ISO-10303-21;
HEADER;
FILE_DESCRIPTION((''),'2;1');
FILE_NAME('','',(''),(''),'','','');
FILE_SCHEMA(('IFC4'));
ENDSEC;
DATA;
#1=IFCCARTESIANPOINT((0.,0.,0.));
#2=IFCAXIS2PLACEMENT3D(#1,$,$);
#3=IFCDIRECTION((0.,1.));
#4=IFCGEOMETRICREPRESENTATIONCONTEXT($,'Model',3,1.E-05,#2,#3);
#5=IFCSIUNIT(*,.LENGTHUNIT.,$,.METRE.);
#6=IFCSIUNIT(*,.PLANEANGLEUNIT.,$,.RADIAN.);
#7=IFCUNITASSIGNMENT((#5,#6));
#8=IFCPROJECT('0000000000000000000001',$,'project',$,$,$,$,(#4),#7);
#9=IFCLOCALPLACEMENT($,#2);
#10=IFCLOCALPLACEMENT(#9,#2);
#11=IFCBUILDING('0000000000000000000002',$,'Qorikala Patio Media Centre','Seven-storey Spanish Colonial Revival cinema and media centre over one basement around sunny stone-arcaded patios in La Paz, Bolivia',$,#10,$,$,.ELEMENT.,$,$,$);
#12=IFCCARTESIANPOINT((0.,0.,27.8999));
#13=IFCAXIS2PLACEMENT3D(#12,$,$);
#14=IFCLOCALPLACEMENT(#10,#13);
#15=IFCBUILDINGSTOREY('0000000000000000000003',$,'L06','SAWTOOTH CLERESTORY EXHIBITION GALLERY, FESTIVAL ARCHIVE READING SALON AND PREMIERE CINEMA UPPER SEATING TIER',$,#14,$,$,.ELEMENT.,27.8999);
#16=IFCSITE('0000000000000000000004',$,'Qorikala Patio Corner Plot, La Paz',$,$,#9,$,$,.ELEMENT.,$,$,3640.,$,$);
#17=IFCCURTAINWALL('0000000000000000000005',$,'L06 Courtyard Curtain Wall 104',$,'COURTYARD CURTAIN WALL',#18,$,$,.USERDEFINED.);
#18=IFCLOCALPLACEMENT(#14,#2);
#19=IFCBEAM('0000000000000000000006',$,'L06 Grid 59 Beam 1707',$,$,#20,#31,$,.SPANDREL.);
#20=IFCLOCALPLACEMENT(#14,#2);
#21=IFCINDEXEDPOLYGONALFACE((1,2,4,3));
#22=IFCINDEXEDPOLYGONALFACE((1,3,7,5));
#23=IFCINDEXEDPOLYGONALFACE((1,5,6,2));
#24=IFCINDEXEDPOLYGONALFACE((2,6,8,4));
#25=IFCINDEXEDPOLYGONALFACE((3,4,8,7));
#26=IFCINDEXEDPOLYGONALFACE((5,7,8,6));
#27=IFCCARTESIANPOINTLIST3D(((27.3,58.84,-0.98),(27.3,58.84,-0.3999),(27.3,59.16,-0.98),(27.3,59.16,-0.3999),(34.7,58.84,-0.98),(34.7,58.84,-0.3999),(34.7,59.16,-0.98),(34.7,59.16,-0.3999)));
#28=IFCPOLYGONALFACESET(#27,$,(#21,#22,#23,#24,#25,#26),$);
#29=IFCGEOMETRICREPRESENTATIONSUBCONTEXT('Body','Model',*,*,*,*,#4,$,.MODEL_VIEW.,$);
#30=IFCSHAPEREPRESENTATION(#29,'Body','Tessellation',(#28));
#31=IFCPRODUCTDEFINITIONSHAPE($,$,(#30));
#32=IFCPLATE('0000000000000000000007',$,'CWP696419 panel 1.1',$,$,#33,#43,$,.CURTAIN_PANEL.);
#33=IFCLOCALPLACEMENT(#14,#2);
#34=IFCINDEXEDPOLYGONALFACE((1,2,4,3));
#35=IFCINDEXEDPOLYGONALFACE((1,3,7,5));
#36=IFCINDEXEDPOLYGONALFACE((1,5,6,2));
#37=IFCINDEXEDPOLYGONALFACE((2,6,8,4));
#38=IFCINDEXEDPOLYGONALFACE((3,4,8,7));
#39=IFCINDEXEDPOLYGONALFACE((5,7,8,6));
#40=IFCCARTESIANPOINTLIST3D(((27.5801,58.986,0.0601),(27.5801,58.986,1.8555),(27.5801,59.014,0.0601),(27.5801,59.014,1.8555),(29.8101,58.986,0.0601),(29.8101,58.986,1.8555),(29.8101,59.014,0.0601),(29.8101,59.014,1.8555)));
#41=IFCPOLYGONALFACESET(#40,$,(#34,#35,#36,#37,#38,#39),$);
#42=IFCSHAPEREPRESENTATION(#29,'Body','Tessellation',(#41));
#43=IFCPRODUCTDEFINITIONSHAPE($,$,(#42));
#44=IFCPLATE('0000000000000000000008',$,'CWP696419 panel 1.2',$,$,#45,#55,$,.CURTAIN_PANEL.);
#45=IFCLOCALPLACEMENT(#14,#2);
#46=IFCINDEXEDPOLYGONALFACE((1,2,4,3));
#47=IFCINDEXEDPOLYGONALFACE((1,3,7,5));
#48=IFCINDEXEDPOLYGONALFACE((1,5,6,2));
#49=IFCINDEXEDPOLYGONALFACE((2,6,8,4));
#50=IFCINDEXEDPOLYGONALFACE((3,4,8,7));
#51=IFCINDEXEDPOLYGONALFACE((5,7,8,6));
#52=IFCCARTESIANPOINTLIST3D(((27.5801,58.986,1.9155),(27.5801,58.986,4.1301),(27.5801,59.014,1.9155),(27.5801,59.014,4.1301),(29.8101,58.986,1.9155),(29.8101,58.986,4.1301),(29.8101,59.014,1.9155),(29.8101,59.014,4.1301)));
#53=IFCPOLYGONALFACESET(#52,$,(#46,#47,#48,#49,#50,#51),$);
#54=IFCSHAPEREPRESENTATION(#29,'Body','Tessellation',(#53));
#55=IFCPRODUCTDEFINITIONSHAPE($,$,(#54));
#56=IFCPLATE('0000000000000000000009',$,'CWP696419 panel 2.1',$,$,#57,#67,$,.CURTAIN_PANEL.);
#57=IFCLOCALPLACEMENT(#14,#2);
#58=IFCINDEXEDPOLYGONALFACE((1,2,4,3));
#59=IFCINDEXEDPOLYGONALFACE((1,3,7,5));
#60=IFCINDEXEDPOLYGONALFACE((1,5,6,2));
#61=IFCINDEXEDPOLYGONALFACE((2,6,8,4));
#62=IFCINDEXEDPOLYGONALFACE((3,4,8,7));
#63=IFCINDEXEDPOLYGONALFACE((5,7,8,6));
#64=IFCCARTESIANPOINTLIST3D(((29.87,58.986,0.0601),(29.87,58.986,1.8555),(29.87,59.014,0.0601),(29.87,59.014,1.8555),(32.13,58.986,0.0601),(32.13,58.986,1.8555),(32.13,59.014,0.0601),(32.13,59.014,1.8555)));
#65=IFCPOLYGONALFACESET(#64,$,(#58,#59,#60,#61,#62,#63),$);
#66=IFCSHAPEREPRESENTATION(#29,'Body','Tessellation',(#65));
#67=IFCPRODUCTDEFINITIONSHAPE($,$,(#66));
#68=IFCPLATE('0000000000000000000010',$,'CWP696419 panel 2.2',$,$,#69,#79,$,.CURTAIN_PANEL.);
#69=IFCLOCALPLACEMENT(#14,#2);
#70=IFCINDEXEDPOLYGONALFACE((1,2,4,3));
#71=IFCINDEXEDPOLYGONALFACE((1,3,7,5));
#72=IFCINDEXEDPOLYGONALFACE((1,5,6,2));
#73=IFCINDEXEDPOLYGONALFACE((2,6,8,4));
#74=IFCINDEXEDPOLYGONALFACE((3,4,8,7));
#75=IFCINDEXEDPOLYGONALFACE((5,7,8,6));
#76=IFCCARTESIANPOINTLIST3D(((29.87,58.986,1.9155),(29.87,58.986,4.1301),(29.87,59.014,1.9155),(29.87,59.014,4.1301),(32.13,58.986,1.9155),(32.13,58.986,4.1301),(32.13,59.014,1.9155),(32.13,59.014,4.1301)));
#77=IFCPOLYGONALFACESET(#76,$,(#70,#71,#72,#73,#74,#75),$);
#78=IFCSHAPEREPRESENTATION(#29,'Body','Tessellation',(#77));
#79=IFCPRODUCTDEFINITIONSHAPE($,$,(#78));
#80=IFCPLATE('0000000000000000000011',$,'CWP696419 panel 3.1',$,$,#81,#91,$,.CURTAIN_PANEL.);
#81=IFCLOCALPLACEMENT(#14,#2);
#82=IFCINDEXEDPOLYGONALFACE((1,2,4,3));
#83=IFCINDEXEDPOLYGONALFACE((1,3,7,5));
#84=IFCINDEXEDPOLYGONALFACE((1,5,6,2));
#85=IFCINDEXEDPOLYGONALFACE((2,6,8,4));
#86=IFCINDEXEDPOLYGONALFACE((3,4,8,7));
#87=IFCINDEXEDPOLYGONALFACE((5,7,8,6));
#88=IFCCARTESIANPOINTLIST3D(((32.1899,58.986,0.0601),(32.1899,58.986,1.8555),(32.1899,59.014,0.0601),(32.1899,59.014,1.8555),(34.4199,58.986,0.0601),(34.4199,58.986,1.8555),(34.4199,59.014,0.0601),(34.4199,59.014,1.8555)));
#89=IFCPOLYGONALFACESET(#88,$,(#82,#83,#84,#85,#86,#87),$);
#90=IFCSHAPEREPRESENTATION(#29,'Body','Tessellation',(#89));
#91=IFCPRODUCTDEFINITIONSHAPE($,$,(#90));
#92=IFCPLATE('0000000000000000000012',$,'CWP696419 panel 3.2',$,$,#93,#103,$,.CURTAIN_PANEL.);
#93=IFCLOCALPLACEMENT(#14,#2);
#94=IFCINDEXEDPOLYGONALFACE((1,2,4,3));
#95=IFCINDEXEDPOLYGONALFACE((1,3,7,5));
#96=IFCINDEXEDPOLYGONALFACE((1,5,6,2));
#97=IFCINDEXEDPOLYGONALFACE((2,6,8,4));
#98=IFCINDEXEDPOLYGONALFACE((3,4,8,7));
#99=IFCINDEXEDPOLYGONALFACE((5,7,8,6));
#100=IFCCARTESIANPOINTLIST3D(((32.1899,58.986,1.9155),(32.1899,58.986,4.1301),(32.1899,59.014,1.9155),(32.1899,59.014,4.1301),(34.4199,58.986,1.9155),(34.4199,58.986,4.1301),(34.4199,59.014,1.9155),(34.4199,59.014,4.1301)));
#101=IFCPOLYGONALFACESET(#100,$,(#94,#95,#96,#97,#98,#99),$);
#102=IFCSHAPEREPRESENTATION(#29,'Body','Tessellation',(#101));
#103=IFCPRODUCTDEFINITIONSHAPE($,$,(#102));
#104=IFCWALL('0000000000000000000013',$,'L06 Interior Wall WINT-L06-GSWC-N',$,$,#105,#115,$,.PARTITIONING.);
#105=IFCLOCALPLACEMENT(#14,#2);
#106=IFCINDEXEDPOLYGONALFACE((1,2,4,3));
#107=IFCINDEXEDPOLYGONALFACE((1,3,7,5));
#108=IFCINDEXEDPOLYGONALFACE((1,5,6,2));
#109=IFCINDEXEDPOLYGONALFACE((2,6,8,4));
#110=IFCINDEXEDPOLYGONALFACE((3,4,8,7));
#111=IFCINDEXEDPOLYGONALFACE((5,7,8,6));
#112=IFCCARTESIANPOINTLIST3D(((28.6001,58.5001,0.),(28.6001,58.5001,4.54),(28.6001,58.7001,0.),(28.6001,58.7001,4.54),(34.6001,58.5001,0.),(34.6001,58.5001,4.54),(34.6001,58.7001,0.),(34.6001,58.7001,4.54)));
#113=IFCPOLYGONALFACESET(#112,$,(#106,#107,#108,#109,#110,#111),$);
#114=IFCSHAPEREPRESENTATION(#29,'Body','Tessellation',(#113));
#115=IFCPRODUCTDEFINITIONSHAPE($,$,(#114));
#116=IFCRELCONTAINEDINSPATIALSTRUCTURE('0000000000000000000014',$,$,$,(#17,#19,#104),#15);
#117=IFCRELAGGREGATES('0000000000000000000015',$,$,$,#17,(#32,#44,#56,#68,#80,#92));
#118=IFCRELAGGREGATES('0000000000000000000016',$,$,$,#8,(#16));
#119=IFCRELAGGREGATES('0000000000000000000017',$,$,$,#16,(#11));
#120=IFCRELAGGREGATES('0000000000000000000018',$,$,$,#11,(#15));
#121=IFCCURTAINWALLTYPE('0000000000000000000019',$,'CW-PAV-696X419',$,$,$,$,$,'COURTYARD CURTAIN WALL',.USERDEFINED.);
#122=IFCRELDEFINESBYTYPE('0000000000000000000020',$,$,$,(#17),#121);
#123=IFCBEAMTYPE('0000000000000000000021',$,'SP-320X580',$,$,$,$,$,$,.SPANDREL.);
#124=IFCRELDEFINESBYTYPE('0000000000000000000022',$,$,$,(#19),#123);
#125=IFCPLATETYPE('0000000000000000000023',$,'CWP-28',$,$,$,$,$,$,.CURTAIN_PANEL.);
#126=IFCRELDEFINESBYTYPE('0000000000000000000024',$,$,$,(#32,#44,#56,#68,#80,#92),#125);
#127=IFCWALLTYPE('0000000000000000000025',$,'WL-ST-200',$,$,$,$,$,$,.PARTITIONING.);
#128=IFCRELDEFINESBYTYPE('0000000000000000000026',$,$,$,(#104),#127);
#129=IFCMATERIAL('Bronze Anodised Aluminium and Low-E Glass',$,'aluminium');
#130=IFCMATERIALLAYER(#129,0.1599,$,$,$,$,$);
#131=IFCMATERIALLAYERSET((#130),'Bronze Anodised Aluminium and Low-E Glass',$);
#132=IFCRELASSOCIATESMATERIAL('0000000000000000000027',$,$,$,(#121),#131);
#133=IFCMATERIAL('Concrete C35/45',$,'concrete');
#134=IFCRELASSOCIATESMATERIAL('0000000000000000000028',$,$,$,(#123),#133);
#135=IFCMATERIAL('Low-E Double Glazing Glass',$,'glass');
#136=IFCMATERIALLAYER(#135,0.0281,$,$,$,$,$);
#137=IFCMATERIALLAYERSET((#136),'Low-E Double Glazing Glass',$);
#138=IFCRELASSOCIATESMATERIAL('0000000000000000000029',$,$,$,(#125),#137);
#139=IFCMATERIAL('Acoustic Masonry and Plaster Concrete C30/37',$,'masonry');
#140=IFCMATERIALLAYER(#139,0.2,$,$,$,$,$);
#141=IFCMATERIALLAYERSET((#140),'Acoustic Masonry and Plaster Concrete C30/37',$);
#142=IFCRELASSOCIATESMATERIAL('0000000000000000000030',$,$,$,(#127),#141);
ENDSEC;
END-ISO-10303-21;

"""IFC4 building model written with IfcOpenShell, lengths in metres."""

from ifc_helpers import new_model, si_unit, direction, frame, frame_2d, origin, origin_2d, place, context, subcontext, project, spatial, rectangle, extrude, material, layer, layer_set, material_profile, profile_set, type_object, element, aggregate, save


model = new_model("IFC4")

# Units and contexts
model_context = context("Model", 3, precision=1e-05, world=origin(), true_north=direction((0.0, 1.0)))
body_context = subcontext(model_context, "Body", "Model", "MODEL_VIEW")
ifc_project = project(units=[si_unit("LENGTHUNIT", "METRE"), si_unit("PLANEANGLEUNIT", "RADIAN")], contexts=[model_context])

# Site, building, storey
site_placement = place(None, origin())
site = spatial("IfcSite", under=ifc_project, at=site_placement, Name="Qorikala Patio Corner Plot, La Paz", CompositionType="ELEMENT", RefElevation=3640.0)
building_placement = place(site_placement, origin())
building = spatial("IfcBuilding", under=site, at=building_placement, Name="Qorikala Patio Media Centre", Description="Seven-storey Spanish Colonial Revival cinema and media centre over one basement around sunny stone-arcaded patios in La Paz, Bolivia", CompositionType="ELEMENT")
storey_placement = place(building_placement, frame((0.0, 0.0, 27.8999)))
storey = spatial("IfcBuildingStorey", under=building, at=storey_placement, Name="L06", Description="SAWTOOTH CLERESTORY EXHIBITION GALLERY, FESTIVAL ARCHIVE READING SALON AND PREMIERE CINEMA UPPER SEATING TIER", CompositionType="ELEMENT", Elevation=27.8999)

# Shared definitions
ifc_material_1 = material(Name="Concrete C35/45", Category="concrete")

# Shared definitions
ifc_material_2 = material(Name="Bronze Anodised Aluminium and Low-E Glass", Category="aluminium")
ifc_layer_1 = layer(ifc_material_2, 0.1599)
ifc_layer_set_1 = layer_set([ifc_layer_1], Name="Bronze Anodised Aluminium and Low-E Glass")
curtain_wall_type = type_object("IfcCurtainWallType", Name="CW-PAV-696X419", ElementType="COURTYARD CURTAIN WALL", PredefinedType="USERDEFINED", material=ifc_layer_set_1)

# Curtain wall
curtain_wall_1_placement = place(storey_placement, origin())
curtain_wall_1 = element("IfcCurtainWall", 1, at=curtain_wall_1_placement, inside=storey, type_object=curtain_wall_type, Name="L06 Courtyard Curtain Wall 104", ObjectType="COURTYARD CURTAIN WALL", PredefinedType="USERDEFINED")

# Beam
ifc_material_profile_1 = material_profile(ifc_material_1, rectangle(XDim=0.3201, YDim=0.5801, at=origin_2d()), Name="RC 320x580")
ifc_profile_set_1 = profile_set([ifc_material_profile_1], Name="Concrete C35/45")
beam_type = type_object("IfcBeamType", Name="SP-320X580", PredefinedType="SPANDREL", material=ifc_profile_set_1)
beam_placement = place(storey_placement, frame((27.3, 59.0, -0.6899), z_axis=(1.0, 0.0, 0.0), x_axis=(0.0, 1.0, 0.0)))
element("IfcBeam", 2, at=beam_placement, inside=storey, type_object=beam_type, Name="L06 Grid 59 Beam 1707", PredefinedType="SPANDREL", context=body_context, shape_type="SweptSolid", body=[
    extrude(rectangle(XDim=0.3201, YDim=0.5801, at=origin_2d()), origin(), (0.0, 0.0, 1.0), 7.3999),
])

# Plates
ifc_material_3 = material(Name="Low-E Double Glazing Glass", Category="glass")
ifc_layer_2 = layer(ifc_material_3, 0.0281)
ifc_layer_set_2 = layer_set([ifc_layer_2], Name="Low-E Double Glazing Glass")
plate_type = type_object("IfcPlateType", Name="CWP-28", PredefinedType="CURTAIN_PANEL", material=ifc_layer_set_2)
plate_1_placement = place(storey_placement, frame((28.6951, 59.0, 0.0601), z_axis=(0.0, 0.0, 1.0), x_axis=(1.0, 0.0, 0.0)))
plate_1 = element("IfcPlate", 3, at=plate_1_placement, type_object=plate_type, Name="CWP696419 panel 1.1", PredefinedType="CURTAIN_PANEL", context=body_context, shape_type="SweptSolid", body=[
    extrude(rectangle(XDim=2.23, YDim=0.0281, at=origin_2d()), origin(), (0.0, 0.0, 1.0), 1.7954),
])
plate_2_placement = place(storey_placement, frame((28.6951, 59.0, 1.9155), z_axis=(0.0, 0.0, 1.0), x_axis=(1.0, 0.0, 0.0)))
plate_2 = element("IfcPlate", 4, at=plate_2_placement, type_object=plate_type, Name="CWP696419 panel 1.2", PredefinedType="CURTAIN_PANEL", context=body_context, shape_type="SweptSolid", body=[
    extrude(rectangle(XDim=2.23, YDim=0.0281, at=origin_2d()), origin(), (0.0, 0.0, 1.0), 2.2146),
])
plate_3_placement = place(storey_placement, frame((31.0, 59.0, 0.0601), z_axis=(0.0, 0.0, 1.0), x_axis=(1.0, 0.0, 0.0)))
plate_3 = element("IfcPlate", 5, at=plate_3_placement, type_object=plate_type, Name="CWP696419 panel 2.1", PredefinedType="CURTAIN_PANEL", context=body_context, shape_type="SweptSolid", body=[
    extrude(rectangle(XDim=2.26, YDim=0.0281, at=origin_2d()), origin(), (0.0, 0.0, 1.0), 1.7954),
])
plate_4_placement = place(storey_placement, frame((31.0, 59.0, 1.9155), z_axis=(0.0, 0.0, 1.0), x_axis=(1.0, 0.0, 0.0)))
plate_4 = element("IfcPlate", 6, at=plate_4_placement, type_object=plate_type, Name="CWP696419 panel 2.2", PredefinedType="CURTAIN_PANEL", context=body_context, shape_type="SweptSolid", body=[
    extrude(rectangle(XDim=2.26, YDim=0.0281, at=origin_2d()), origin(), (0.0, 0.0, 1.0), 2.2146),
])
plate_5_placement = place(storey_placement, frame((33.3049, 59.0, 0.0601), z_axis=(0.0, 0.0, 1.0), x_axis=(1.0, 0.0, 0.0)))
plate_5 = element("IfcPlate", 7, at=plate_5_placement, type_object=plate_type, Name="CWP696419 panel 3.1", PredefinedType="CURTAIN_PANEL", context=body_context, shape_type="SweptSolid", body=[
    extrude(rectangle(XDim=2.23, YDim=0.0281, at=origin_2d()), origin(), (0.0, 0.0, 1.0), 1.7954),
])
plate_6_placement = place(storey_placement, frame((33.3049, 59.0, 1.9155), z_axis=(0.0, 0.0, 1.0), x_axis=(1.0, 0.0, 0.0)))
plate_6 = element("IfcPlate", 8, at=plate_6_placement, type_object=plate_type, Name="CWP696419 panel 3.2", PredefinedType="CURTAIN_PANEL", context=body_context, shape_type="SweptSolid", body=[
    extrude(rectangle(XDim=2.23, YDim=0.0281, at=origin_2d()), origin(), (0.0, 0.0, 1.0), 2.2146),
])
aggregate(curtain_wall_1, [plate_1, plate_2, plate_3, plate_4, plate_5, plate_6])

# Wall
ifc_material_4 = material(Name="Acoustic Masonry and Plaster Concrete C30/37", Category="masonry")
ifc_layer_3 = layer(ifc_material_4, 0.2)
ifc_layer_set_3 = layer_set([ifc_layer_3], Name="Acoustic Masonry and Plaster Concrete C30/37")
wall_type = type_object("IfcWallType", Name="WL-ST-200", PredefinedType="PARTITIONING", material=ifc_layer_set_3)
wall_placement = place(storey_placement, frame((28.6001, 58.6001, 0.0), z_axis=(0.0, 0.0, 1.0), x_axis=(1.0, 0.0, 0.0)))
element("IfcWall", 9, at=wall_placement, inside=storey, type_object=wall_type, Name="L06 Interior Wall WINT-L06-GSWC-N", PredefinedType="PARTITIONING", context=body_context, shape_type="SweptSolid", body=[
    extrude(rectangle(XDim=6.0, YDim=0.2, at=frame_2d((3.0, 0.0))), origin(), (0.0, 0.0, 1.0), 4.54),
])

save(model, "model.ifc")
